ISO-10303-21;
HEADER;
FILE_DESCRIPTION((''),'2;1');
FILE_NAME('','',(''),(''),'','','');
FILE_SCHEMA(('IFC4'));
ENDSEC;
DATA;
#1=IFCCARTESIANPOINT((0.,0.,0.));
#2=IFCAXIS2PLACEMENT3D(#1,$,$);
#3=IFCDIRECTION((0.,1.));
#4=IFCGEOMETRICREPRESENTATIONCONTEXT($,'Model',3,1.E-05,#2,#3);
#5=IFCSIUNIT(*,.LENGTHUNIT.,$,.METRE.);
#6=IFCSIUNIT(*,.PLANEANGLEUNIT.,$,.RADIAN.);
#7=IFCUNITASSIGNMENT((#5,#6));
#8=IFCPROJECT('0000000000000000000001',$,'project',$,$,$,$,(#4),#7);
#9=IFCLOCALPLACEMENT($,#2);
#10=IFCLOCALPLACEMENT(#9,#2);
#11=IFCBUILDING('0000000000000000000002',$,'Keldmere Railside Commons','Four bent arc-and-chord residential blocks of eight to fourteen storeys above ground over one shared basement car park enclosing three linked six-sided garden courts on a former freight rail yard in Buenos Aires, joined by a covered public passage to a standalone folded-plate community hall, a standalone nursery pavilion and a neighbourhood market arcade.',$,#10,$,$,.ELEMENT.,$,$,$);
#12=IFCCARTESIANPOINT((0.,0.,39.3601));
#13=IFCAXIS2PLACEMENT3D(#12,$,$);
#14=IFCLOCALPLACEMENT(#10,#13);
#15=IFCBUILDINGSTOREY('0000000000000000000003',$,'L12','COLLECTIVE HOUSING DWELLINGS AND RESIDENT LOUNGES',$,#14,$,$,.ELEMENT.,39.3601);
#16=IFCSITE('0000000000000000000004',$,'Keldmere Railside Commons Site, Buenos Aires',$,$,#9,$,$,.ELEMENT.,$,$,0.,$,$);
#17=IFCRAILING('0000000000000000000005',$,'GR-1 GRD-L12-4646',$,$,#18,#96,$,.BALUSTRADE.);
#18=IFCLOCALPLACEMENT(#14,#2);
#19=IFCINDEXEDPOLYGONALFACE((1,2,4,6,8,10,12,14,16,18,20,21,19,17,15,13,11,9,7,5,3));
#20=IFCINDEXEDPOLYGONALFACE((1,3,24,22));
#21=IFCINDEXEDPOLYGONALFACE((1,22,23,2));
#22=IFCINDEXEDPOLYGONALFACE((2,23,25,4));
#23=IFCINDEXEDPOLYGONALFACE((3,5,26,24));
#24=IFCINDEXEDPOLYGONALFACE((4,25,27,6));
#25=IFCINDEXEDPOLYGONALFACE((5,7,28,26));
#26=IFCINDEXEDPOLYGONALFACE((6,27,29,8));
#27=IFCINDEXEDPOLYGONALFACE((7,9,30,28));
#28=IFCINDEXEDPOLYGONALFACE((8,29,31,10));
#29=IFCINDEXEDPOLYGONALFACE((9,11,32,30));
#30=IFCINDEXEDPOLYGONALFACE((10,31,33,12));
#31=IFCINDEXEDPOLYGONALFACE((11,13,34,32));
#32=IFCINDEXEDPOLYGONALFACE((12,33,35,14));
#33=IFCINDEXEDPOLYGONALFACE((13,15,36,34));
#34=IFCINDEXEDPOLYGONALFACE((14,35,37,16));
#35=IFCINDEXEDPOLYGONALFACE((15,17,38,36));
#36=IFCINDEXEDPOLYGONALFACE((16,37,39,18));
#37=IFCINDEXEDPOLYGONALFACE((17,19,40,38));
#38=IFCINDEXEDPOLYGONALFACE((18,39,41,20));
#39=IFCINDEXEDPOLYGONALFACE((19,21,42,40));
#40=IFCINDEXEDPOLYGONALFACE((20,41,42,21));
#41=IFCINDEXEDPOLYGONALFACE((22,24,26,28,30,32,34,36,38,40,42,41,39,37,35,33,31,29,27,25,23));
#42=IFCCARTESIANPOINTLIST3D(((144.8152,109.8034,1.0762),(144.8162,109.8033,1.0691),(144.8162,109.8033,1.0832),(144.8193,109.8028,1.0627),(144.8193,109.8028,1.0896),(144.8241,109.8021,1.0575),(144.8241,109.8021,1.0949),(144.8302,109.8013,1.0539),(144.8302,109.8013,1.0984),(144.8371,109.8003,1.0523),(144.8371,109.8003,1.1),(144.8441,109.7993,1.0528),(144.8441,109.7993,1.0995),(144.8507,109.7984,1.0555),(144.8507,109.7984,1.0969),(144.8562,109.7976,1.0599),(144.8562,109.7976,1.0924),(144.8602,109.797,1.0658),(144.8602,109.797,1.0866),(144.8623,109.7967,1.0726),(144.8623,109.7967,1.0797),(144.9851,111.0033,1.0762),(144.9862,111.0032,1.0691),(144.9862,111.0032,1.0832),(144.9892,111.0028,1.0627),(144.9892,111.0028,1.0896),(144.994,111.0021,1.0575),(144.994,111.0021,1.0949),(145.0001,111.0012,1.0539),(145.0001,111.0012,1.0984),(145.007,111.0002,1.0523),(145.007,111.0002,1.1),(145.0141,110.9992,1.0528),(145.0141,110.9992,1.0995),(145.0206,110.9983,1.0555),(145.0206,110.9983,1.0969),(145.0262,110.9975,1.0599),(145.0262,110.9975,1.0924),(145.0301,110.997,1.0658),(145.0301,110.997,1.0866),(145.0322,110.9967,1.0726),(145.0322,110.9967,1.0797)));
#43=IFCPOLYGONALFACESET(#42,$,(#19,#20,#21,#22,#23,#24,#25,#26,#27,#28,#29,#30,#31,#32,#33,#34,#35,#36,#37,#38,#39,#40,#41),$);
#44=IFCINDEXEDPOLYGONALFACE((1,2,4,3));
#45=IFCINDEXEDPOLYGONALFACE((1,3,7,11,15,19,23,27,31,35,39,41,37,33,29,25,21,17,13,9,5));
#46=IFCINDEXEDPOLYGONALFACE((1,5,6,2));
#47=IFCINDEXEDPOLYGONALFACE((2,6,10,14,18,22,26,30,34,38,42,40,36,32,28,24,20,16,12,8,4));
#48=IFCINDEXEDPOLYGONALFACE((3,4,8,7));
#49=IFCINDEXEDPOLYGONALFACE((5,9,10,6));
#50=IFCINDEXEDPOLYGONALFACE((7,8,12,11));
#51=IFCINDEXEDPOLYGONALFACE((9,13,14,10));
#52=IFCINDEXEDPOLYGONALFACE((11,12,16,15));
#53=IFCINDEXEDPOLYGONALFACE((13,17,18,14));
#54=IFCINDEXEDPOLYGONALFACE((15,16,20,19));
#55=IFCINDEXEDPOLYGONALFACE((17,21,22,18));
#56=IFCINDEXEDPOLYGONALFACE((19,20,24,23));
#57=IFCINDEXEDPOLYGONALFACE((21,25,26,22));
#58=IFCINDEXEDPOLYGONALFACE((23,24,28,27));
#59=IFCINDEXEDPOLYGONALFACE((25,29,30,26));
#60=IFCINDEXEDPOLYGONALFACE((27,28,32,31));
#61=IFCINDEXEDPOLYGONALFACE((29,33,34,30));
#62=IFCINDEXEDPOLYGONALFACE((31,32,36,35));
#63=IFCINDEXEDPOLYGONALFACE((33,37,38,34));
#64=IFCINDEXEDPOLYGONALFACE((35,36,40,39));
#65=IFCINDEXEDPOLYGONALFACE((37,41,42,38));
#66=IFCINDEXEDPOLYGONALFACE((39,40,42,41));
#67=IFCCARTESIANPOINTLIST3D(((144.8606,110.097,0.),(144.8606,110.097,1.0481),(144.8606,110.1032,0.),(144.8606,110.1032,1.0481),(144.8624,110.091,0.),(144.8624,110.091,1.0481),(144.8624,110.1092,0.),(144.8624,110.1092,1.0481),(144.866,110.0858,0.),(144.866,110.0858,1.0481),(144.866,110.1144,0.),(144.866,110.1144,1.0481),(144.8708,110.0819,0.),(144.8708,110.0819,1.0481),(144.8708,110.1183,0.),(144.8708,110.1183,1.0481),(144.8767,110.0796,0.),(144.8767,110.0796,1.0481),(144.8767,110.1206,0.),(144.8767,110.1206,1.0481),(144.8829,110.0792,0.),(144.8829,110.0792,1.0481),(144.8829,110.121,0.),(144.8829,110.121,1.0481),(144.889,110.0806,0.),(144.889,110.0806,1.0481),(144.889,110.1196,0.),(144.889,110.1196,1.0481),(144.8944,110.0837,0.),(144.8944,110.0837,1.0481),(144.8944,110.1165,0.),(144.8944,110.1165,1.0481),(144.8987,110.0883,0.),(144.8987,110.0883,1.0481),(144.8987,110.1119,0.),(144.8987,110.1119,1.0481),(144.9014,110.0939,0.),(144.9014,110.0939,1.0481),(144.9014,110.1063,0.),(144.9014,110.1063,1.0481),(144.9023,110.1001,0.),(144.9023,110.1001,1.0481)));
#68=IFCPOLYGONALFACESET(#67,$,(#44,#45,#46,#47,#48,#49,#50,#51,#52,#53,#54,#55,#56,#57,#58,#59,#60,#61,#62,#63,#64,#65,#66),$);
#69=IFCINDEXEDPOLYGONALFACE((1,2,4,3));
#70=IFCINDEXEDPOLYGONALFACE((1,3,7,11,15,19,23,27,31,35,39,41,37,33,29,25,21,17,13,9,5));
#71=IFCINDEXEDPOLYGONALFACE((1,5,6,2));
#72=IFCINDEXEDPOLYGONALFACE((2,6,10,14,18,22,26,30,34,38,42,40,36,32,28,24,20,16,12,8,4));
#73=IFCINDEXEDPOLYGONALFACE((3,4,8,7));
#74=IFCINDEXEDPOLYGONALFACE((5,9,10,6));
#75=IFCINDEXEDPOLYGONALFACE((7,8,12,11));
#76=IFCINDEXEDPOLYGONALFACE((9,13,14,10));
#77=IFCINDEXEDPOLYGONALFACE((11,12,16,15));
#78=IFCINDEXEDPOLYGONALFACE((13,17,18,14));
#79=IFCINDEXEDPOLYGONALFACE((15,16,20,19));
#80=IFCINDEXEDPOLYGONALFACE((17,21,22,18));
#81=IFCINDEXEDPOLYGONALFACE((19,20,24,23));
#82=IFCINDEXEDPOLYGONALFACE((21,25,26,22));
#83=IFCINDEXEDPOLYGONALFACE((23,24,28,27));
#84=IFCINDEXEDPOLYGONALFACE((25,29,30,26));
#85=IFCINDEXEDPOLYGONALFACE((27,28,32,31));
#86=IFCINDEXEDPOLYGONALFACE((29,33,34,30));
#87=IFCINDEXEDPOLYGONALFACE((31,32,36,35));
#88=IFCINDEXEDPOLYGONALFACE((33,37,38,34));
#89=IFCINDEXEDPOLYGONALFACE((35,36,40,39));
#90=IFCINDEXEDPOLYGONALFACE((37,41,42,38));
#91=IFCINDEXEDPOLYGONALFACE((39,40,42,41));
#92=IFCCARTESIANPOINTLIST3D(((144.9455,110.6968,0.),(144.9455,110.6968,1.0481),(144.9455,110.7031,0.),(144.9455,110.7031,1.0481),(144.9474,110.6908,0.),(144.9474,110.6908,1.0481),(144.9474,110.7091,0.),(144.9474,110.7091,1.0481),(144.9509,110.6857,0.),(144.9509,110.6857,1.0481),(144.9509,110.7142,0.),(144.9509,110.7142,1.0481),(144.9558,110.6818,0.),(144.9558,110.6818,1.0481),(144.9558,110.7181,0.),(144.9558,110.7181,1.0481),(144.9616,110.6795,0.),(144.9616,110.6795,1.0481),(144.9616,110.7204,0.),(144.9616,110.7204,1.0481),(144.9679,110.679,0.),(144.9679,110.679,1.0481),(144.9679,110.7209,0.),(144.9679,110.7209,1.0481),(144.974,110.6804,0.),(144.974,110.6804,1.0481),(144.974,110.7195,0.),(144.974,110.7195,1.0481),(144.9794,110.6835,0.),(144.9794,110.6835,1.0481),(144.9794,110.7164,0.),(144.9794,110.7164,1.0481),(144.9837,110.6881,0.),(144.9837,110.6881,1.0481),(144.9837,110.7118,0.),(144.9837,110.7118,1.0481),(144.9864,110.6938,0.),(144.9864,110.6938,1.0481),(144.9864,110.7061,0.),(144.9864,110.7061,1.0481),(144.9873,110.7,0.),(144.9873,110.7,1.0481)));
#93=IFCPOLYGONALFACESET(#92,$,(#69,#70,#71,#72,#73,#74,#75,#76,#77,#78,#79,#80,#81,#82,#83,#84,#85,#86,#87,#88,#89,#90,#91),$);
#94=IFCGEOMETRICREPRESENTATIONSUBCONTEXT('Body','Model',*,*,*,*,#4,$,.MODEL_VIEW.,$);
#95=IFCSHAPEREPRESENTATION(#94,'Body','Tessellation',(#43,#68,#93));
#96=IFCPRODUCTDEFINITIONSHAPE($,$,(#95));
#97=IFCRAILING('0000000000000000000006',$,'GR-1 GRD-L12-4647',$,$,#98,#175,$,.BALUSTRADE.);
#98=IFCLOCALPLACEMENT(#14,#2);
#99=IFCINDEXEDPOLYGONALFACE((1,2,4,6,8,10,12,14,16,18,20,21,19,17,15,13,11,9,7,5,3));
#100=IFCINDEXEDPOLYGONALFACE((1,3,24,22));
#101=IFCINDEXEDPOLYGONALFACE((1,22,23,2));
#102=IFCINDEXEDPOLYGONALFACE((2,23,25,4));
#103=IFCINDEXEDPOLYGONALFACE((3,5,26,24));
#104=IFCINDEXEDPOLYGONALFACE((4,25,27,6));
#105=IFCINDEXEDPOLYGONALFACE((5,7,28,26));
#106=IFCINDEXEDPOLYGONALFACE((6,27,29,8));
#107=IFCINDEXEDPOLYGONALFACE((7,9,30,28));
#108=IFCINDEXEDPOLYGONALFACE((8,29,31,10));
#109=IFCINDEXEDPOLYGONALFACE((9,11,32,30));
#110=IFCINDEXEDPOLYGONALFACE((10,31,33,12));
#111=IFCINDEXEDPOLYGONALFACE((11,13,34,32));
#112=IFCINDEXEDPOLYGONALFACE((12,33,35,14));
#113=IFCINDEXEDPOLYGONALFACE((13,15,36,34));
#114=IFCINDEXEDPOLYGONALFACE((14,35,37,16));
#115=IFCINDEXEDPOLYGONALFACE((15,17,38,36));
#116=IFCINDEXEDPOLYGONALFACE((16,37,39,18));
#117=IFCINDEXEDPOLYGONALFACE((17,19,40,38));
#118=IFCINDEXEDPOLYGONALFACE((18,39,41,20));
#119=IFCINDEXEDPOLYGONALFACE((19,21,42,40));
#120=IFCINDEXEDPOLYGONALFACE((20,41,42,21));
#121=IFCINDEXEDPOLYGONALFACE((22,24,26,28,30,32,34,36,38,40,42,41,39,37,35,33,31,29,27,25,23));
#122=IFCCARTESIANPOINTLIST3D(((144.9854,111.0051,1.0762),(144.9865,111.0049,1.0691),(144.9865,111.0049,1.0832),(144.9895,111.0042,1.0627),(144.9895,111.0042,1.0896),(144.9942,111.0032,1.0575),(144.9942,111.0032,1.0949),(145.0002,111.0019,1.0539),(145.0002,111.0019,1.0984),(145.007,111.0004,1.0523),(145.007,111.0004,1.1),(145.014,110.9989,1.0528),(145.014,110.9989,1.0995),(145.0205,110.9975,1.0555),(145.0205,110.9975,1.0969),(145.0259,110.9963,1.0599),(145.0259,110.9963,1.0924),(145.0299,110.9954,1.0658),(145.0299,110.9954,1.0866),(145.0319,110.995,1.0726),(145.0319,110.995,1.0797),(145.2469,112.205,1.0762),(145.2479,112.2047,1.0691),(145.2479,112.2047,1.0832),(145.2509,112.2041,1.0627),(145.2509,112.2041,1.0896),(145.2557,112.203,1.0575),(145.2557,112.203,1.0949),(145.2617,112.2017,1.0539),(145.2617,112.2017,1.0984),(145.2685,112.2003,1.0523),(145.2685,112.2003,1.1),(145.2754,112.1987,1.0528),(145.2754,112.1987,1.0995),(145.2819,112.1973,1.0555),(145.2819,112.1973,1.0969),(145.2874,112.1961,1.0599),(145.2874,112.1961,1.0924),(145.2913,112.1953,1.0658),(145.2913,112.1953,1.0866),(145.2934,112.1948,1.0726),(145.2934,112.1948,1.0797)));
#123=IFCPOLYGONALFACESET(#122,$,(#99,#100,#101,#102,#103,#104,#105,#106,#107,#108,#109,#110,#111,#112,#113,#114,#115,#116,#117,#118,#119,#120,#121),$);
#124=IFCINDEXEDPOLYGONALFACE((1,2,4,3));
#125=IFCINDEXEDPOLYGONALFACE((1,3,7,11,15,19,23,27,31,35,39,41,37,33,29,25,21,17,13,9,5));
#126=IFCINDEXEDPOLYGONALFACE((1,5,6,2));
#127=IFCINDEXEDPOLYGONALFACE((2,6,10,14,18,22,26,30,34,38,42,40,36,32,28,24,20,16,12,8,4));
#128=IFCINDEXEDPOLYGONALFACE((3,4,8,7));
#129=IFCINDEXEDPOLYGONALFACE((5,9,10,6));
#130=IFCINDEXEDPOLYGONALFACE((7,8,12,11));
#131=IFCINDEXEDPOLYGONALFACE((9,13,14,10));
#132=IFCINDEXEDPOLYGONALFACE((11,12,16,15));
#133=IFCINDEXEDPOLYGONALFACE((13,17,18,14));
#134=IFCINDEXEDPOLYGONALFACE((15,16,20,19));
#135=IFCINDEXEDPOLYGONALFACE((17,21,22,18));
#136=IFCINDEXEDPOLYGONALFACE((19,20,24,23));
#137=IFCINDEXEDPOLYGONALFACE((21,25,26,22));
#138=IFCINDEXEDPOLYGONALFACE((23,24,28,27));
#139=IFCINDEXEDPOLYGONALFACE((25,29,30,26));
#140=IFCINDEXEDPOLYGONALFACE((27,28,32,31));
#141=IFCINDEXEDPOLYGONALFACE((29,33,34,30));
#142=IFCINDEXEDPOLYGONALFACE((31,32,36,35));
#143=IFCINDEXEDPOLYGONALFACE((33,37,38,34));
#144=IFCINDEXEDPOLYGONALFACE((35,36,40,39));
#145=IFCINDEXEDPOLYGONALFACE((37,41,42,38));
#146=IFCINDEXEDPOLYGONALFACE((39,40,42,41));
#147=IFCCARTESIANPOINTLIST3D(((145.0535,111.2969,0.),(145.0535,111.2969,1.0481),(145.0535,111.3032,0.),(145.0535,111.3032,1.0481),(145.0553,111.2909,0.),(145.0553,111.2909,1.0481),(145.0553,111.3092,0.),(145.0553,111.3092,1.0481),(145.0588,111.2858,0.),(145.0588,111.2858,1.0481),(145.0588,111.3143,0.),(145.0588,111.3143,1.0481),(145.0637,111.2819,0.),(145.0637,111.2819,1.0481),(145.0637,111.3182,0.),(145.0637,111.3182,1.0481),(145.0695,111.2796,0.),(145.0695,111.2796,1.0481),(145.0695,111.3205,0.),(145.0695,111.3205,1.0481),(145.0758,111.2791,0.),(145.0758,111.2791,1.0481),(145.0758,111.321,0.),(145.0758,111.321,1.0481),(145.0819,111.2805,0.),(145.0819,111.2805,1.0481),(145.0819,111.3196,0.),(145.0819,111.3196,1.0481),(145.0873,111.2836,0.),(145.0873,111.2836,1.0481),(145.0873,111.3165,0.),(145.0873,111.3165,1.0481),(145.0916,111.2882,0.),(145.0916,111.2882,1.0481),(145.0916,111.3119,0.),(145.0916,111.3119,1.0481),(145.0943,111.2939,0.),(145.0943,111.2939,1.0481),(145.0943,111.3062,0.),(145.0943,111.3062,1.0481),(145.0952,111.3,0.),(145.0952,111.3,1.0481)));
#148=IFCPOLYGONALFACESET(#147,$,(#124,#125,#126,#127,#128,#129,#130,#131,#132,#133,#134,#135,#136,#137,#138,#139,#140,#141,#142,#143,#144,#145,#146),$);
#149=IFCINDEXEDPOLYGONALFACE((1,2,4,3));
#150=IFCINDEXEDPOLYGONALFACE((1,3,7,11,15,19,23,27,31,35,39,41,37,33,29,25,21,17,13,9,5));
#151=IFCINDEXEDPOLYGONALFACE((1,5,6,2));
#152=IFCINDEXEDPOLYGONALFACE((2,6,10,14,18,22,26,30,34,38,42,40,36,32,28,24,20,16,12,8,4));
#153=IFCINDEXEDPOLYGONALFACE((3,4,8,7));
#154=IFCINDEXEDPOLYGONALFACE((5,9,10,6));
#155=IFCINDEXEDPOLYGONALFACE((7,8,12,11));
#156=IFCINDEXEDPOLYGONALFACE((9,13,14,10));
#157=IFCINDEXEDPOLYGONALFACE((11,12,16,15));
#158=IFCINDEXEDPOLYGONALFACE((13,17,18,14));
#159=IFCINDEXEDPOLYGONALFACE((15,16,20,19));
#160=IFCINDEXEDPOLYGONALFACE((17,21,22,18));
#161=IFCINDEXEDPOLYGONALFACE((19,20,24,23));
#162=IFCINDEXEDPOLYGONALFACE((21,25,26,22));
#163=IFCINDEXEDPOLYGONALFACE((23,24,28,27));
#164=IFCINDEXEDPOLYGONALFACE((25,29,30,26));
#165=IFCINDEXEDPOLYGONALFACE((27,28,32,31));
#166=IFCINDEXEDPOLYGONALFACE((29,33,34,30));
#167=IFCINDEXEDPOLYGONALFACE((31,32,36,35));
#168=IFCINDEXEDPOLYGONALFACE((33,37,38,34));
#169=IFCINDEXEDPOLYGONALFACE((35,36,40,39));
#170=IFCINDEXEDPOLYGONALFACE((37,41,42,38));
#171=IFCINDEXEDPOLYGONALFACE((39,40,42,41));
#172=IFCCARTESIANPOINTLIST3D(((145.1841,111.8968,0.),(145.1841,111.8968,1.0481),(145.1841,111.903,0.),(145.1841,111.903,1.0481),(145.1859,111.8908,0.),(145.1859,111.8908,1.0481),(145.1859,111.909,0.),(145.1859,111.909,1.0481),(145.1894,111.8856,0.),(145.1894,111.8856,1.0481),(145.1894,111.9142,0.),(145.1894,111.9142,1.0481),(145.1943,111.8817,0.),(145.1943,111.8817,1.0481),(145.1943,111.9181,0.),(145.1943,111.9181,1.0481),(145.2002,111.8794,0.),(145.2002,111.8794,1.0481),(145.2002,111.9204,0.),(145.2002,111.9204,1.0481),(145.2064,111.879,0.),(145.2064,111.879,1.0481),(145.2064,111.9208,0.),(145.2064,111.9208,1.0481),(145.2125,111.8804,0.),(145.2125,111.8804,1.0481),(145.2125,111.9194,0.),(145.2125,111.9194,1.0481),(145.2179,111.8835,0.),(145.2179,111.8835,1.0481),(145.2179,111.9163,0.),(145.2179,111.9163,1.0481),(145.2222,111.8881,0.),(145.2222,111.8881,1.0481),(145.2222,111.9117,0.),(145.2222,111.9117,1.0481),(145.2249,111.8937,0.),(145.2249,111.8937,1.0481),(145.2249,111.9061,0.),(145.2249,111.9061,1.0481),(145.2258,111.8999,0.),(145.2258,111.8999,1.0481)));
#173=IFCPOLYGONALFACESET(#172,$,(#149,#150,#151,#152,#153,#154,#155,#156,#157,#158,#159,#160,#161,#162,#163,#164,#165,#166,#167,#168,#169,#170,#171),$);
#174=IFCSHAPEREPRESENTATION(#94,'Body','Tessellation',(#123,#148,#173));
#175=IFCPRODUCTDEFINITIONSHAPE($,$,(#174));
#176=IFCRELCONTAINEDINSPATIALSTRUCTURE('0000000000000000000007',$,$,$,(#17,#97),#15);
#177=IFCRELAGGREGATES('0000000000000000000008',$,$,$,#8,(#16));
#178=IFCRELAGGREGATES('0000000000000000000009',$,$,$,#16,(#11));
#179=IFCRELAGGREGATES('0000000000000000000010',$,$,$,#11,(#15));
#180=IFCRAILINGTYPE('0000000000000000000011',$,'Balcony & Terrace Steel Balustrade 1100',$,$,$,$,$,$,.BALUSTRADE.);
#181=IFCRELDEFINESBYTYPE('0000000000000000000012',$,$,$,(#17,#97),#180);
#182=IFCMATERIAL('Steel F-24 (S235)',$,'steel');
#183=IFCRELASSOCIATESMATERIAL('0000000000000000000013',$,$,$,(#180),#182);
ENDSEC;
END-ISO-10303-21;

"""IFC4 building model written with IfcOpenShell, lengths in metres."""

from ifc_helpers import new_model, si_unit, direction, frame, origin, origin_2d, place, context, subcontext, project, spatial, circle, extrude, material, type_object, element, save


model = new_model("IFC4")

# Units and contexts
model_context = context("Model", 3, precision=1e-05, world=origin(), true_north=direction((0.0, 1.0)))
body_context = subcontext(model_context, "Body", "Model", "MODEL_VIEW")
ifc_project = project(units=[si_unit("LENGTHUNIT", "METRE"), si_unit("PLANEANGLEUNIT", "RADIAN")], contexts=[model_context])

# Site, building, storey
site_placement = place(None, origin())
site = spatial("IfcSite", under=ifc_project, at=site_placement, Name="Keldmere Railside Commons Site, Buenos Aires", CompositionType="ELEMENT", RefElevation=0.0)
building_placement = place(site_placement, origin())
building = spatial("IfcBuilding", under=site, at=building_placement, Name="Keldmere Railside Commons", Description="Four bent arc-and-chord residential blocks of eight to fourteen storeys above ground over one shared basement car park enclosing three linked six-sided garden courts on a former freight rail yard in Buenos Aires, joined by a covered public passage to a standalone folded-plate community hall, a standalone nursery pavilion and a neighbourhood market arcade.", CompositionType="ELEMENT")
storey_placement = place(building_placement, frame((0.0, 0.0, 39.3601)))
storey = spatial("IfcBuildingStorey", under=building, at=storey_placement, Name="L12", Description="COLLECTIVE HOUSING DWELLINGS AND RESIDENT LOUNGES", CompositionType="ELEMENT", Elevation=39.3601)

# Shared definitions
ifc_material_1 = material(Name="Steel F-24 (S235)", Category="steel")

# Railings
railing_type = type_object("IfcRailingType", Name="Balcony & Terrace Steel Balustrade 1100", PredefinedType="BALUSTRADE", material=ifc_material_1)
railing_1_placement = place(storey_placement, frame((144.8389, 109.8, 0.0)))
element("IfcRailing", 1, at=railing_1_placement, inside=storey, type_object=railing_type, Name="GR-1 GRD-L12-4646", PredefinedType="BALUSTRADE", context=body_context, shape_type="SweptSolid", body=[
    extrude(circle(Radius=0.0239, at=origin_2d()), frame((0.0, 0.0, 1.0762), z_axis=(0.140209, 0.990122, 0.0), x_axis=(-0.990122, 0.140209, 0.0)), (0.0, 0.0, 1.0), 1.2119),
    extrude(circle(Radius=0.021, at=origin_2d()), frame((0.0425, 0.3, 0.0)), (0.0, 0.0, 1.0), 1.0481),
    extrude(circle(Radius=0.021, at=origin_2d()), frame((0.1274, 0.8999, 0.0)), (0.0, 0.0, 1.0), 1.0481),
])
railing_2_placement = place(storey_placement, frame((145.0088, 111.0, 0.0)))
element("IfcRailing", 2, at=railing_2_placement, inside=storey, type_object=railing_type, Name="GR-1 GRD-L12-4647", PredefinedType="BALUSTRADE", context=body_context, shape_type="SweptSolid", body=[
    extrude(circle(Radius=0.0239, at=origin_2d()), frame((0.0, 0.0, 1.0762), z_axis=(0.212908, 0.977072, 0.0), x_axis=(-0.977072, 0.212908, 0.0)), (0.0, 0.0, 1.0), 1.228),
    extrude(circle(Radius=0.021, at=origin_2d()), frame((0.0654, 0.3, 0.0)), (0.0, 0.0, 1.0), 1.0481),
    extrude(circle(Radius=0.021, at=origin_2d()), frame((0.196, 0.8999, 0.0)), (0.0, 0.0, 1.0), 1.0481),
])

save(model, "model.ifc")
